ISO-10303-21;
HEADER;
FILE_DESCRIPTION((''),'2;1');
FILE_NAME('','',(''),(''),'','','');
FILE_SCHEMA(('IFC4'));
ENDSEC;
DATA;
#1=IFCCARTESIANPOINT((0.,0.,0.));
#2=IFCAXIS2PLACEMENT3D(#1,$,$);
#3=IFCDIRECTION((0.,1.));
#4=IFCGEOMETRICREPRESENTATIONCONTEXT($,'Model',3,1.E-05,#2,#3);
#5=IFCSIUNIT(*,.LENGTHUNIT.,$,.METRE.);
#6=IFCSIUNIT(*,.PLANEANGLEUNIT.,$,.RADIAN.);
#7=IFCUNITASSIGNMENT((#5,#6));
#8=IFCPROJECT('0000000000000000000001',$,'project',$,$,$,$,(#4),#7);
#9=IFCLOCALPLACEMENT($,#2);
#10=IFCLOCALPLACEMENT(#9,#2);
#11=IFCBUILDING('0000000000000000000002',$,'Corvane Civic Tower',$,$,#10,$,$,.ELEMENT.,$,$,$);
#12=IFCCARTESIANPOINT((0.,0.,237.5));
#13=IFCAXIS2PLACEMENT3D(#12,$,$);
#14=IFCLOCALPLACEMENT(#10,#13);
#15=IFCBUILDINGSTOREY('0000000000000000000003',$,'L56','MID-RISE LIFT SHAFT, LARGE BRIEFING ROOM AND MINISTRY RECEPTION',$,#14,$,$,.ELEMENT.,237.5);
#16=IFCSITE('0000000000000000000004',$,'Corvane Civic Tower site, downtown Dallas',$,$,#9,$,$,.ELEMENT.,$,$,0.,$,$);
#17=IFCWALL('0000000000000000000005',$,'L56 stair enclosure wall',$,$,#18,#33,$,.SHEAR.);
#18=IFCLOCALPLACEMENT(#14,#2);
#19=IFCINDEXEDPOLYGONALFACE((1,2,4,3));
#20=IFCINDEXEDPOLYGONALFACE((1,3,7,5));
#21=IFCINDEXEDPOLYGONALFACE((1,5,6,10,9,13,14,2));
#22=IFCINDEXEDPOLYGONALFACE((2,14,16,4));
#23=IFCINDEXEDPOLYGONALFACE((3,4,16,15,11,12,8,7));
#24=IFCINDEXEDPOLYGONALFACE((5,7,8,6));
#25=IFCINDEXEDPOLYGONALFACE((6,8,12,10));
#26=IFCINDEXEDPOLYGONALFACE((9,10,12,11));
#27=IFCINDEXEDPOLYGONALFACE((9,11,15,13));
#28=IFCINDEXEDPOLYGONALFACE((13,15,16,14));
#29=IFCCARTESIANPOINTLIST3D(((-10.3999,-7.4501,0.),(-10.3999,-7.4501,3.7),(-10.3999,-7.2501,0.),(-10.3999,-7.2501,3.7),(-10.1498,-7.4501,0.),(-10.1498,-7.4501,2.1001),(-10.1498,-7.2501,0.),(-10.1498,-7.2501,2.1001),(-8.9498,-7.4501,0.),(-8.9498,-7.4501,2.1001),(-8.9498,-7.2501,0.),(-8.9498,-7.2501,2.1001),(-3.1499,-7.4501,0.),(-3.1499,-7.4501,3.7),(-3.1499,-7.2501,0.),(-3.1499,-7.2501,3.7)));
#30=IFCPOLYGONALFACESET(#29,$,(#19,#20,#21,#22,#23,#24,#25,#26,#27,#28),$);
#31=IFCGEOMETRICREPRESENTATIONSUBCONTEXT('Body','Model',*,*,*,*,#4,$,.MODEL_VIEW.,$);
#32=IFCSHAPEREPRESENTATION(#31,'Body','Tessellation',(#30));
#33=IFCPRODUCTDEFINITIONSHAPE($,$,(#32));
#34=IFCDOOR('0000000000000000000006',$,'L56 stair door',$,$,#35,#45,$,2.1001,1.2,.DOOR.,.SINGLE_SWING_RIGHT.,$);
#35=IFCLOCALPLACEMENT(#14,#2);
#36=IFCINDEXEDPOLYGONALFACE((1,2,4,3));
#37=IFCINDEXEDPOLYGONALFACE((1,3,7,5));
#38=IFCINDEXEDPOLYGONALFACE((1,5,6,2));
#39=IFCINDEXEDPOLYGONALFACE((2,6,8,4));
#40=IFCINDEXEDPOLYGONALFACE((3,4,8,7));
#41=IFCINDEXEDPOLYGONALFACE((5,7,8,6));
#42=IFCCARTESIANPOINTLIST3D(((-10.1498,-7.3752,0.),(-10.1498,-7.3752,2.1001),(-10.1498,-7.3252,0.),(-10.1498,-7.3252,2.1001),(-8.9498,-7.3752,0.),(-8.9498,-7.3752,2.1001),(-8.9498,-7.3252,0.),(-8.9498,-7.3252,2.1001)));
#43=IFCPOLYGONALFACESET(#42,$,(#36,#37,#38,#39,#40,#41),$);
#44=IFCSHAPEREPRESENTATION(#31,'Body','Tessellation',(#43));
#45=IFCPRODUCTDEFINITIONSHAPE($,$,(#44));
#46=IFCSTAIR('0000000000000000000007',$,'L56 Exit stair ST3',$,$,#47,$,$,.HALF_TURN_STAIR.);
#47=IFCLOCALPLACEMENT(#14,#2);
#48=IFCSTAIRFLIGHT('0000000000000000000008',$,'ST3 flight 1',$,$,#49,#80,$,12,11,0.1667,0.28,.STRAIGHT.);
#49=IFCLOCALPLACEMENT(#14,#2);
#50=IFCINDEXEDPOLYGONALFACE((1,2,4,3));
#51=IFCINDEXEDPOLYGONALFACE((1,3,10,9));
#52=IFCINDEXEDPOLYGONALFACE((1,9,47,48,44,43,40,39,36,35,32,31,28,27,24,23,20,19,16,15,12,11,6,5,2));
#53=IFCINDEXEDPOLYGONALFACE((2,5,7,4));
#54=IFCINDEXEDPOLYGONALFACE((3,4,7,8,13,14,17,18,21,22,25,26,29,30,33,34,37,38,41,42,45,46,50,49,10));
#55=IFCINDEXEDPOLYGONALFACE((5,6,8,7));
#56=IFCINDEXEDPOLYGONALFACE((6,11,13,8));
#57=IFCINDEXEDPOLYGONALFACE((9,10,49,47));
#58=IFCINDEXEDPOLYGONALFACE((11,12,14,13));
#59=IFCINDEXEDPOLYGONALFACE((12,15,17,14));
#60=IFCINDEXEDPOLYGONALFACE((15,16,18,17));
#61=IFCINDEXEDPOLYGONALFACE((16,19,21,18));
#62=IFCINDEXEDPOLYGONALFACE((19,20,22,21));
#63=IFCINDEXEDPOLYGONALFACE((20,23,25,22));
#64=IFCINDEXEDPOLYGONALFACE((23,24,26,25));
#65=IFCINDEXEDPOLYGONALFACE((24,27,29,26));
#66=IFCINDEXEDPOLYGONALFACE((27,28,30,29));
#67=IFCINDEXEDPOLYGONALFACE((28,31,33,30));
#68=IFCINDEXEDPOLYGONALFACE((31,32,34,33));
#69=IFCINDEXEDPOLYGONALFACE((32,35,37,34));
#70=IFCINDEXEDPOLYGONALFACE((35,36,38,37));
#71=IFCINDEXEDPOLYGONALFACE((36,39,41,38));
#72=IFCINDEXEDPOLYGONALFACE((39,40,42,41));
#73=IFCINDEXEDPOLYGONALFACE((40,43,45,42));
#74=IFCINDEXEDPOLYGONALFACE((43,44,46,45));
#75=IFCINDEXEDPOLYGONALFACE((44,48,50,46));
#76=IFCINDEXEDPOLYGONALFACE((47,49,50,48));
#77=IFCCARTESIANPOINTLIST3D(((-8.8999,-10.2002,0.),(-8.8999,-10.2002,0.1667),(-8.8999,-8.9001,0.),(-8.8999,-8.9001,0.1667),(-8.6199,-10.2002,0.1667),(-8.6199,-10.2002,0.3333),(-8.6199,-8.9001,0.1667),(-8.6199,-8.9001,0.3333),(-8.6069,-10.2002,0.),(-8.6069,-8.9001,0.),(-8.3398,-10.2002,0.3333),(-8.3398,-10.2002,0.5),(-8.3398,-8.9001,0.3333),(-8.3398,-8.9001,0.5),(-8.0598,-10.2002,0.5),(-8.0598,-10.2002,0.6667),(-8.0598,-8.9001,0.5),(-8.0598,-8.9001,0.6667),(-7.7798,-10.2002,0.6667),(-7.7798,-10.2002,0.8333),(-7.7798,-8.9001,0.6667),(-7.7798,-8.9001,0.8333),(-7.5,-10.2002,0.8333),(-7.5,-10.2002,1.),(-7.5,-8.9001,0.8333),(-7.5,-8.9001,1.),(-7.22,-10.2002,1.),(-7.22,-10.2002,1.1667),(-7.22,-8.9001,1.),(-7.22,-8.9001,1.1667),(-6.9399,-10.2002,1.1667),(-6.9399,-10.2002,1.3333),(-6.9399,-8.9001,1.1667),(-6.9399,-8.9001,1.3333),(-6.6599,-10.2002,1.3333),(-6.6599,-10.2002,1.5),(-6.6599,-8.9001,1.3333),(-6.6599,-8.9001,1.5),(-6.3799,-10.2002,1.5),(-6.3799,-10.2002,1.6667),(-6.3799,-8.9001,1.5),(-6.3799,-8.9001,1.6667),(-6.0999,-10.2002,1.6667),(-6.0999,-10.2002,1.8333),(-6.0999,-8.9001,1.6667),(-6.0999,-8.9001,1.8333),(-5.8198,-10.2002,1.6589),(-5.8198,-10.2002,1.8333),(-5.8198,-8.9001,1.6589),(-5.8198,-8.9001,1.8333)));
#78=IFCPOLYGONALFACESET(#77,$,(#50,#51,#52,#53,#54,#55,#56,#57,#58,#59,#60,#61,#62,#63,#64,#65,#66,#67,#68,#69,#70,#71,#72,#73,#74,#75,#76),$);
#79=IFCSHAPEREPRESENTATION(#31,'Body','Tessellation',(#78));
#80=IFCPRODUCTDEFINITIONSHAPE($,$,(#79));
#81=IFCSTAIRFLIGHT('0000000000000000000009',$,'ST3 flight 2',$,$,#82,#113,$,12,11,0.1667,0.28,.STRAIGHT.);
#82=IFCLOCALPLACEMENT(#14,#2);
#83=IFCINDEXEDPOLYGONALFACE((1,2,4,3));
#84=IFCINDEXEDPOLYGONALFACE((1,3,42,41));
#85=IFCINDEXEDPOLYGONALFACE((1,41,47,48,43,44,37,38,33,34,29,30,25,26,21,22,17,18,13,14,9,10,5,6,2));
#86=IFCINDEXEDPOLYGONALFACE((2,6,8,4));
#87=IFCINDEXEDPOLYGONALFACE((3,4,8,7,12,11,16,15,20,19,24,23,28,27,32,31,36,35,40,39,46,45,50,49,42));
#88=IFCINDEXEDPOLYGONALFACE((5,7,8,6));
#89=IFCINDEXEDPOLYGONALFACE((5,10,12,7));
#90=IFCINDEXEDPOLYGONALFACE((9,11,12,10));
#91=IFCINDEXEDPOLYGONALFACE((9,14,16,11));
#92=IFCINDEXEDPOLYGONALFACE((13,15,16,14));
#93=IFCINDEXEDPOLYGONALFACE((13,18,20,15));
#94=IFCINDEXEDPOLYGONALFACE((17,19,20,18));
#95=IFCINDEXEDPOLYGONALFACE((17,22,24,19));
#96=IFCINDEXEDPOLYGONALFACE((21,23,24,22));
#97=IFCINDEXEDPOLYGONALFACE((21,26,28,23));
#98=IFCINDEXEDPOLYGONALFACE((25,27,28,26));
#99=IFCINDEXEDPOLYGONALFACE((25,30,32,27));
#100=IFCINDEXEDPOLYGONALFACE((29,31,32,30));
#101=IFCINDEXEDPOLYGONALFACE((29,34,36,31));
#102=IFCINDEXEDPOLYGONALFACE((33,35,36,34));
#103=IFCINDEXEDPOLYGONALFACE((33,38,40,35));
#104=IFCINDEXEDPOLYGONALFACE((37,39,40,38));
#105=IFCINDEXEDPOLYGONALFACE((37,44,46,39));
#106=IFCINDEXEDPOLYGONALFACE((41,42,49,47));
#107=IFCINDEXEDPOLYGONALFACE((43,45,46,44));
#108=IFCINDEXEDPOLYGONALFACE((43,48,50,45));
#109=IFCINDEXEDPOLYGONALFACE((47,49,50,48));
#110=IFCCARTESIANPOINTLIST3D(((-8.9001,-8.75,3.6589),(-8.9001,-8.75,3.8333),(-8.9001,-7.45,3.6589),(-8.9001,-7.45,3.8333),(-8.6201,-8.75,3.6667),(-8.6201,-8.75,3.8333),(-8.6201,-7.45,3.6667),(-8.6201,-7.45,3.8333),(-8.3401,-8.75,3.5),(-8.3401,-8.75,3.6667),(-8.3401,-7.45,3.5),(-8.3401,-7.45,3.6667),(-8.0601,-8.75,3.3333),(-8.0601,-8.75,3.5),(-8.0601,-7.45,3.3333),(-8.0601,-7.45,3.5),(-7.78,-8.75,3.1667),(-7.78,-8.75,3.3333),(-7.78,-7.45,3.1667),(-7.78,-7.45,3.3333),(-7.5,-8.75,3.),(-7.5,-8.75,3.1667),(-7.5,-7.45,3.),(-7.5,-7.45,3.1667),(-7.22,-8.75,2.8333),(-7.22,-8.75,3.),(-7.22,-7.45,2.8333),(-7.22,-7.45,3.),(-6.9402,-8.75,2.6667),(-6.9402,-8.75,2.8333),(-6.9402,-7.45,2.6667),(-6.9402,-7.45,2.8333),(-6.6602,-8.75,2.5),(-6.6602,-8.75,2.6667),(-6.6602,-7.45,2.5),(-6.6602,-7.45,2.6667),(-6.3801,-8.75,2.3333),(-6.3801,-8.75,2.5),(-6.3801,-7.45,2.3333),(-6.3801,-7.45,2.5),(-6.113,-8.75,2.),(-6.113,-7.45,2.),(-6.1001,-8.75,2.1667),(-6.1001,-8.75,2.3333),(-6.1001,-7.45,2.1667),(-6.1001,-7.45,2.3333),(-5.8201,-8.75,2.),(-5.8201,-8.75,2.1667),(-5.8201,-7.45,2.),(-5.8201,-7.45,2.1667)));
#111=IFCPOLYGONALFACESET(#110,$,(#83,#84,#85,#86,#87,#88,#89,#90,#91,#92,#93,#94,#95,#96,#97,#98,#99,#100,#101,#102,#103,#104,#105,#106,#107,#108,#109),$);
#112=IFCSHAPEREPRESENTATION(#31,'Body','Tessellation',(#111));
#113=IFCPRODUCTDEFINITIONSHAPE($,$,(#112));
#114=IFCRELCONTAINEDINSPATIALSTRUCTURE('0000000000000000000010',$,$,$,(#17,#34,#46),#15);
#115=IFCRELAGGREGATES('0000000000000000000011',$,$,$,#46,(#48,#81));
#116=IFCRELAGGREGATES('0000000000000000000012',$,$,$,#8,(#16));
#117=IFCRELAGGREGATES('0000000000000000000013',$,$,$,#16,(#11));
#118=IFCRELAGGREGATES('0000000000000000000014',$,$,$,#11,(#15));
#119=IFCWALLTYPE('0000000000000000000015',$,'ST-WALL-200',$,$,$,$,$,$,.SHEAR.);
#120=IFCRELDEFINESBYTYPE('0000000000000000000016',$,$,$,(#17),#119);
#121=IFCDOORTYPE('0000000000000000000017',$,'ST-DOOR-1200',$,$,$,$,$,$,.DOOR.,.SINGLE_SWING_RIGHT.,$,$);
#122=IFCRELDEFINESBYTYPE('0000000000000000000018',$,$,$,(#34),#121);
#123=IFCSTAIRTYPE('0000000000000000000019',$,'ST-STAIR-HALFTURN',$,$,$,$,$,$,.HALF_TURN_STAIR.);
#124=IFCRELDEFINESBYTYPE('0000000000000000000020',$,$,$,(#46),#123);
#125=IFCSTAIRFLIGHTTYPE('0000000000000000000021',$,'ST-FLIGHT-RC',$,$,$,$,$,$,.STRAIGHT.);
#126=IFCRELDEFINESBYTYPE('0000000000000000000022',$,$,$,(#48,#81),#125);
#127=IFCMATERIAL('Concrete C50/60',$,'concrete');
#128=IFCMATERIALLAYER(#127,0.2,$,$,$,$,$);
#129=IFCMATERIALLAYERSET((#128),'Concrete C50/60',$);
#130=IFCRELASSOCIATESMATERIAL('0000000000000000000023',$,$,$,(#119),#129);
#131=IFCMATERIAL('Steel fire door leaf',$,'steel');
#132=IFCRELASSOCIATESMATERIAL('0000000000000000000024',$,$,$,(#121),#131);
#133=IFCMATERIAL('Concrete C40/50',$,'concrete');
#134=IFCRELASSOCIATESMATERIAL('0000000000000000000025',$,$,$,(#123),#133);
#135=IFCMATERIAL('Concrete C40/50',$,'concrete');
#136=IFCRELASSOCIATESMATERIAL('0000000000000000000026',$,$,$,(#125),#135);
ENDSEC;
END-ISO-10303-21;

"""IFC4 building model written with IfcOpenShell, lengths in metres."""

from ifc_helpers import new_model, si_unit, direction, frame, frame_2d, origin, place, context, subcontext, project, spatial, polyline, rectangle, outline, extrude, material, layer, layer_set, type_object, element, fill, aggregate, save


model = new_model("IFC4")

# Units and contexts
model_context = context("Model", 3, precision=1e-05, world=origin(), true_north=direction((0.0, 1.0)))
body_context = subcontext(model_context, "Body", "Model", "MODEL_VIEW")
ifc_project = project(units=[si_unit("LENGTHUNIT", "METRE"), si_unit("PLANEANGLEUNIT", "RADIAN")], contexts=[model_context])

# Site, building, storey
site_placement = place(None, origin())
site = spatial("IfcSite", under=ifc_project, at=site_placement, Name="Corvane Civic Tower site, downtown Dallas", CompositionType="ELEMENT", RefElevation=0.0)
building_placement = place(site_placement, origin())
building = spatial("IfcBuilding", under=site, at=building_placement, Name="Corvane Civic Tower", CompositionType="ELEMENT")
storey_placement = place(building_placement, frame((0.0, 0.0, 237.5)))
storey = spatial("IfcBuildingStorey", under=building, at=storey_placement, Name="L56", Description="MID-RISE LIFT SHAFT, LARGE BRIEFING ROOM AND MINISTRY RECEPTION", CompositionType="ELEMENT", Elevation=237.5)

# Wall, opening, door
ifc_material_1 = material(Name="Concrete C50/60", Category="concrete")
ifc_layer_1 = layer(ifc_material_1, 0.2)
ifc_layer_set_1 = layer_set([ifc_layer_1], Name="Concrete C50/60")
wall_type_1 = type_object("IfcWallType", Name="ST-WALL-200", PredefinedType="SHEAR", material=ifc_layer_set_1)
wall_1_placement = place(storey_placement, frame((-10.3999, -7.3501, 0.0), z_axis=(0.0, 0.0, 1.0), x_axis=(1.0, 0.0, 0.0)))
wall_1 = element("IfcWall", 1, at=wall_1_placement, inside=storey, type_object=wall_type_1, Name="L56 stair enclosure wall", PredefinedType="SHEAR", context=body_context, shape_type="SweptSolid", body=[
    extrude(rectangle(XDim=7.25, YDim=0.2, at=frame_2d((3.625, 0.0))), origin(), (0.0, 0.0, 1.0), 3.7),
])
opening_1_placement = place(wall_1_placement, frame((0.25, 0.0, 0.0)))
opening_1 = element("IfcOpeningElement", 2, at=opening_1_placement, cuts=wall_1, PredefinedType="OPENING", context=body_context, shape_type="SweptSolid", body=[
    extrude(rectangle(XDim=1.2, YDim=2.1001, at=frame_2d((0.6001, 1.05))), frame((0.0, 0.1099, 0.0), z_axis=(0.0, -1.0, 0.0), x_axis=(1.0, 0.0, 0.0)), (0.0, 0.0, 1.0), 0.22),
])
ifc_material_2 = material(Name="Steel fire door leaf", Category="steel")
door_type_1 = type_object("IfcDoorType", Name="ST-DOOR-1200", OperationType="SINGLE_SWING_RIGHT", PredefinedType="DOOR", material=ifc_material_2)
door_1_placement = place(opening_1_placement, origin())
door_1 = element("IfcDoor", 3, at=door_1_placement, inside=storey, type_object=door_type_1, Name="L56 stair door", OperationType="SINGLE_SWING_RIGHT", OverallHeight=2.1001, OverallWidth=1.2, PredefinedType="DOOR", context=body_context, shape_type="SweptSolid", body=[
    extrude(rectangle(XDim=1.2, YDim=2.1001, at=frame_2d((0.6001, 1.05))), frame((0.0, 0.0249, 0.0), z_axis=(0.0, -1.0, 0.0), x_axis=(1.0, 0.0, 0.0)), (0.0, 0.0, 1.0), 0.05),
])
fill(opening_1, door_1)

# Stair, stair flights
ifc_material_3 = material(Name="Concrete C40/50", Category="concrete")
stair_type = type_object("IfcStairType", Name="ST-STAIR-HALFTURN", PredefinedType="HALF_TURN_STAIR", material=ifc_material_3)
stair_placement = place(storey_placement, origin())
stair = element("IfcStair", 4, at=stair_placement, inside=storey, type_object=stair_type, Name="L56 Exit stair ST3", PredefinedType="HALF_TURN_STAIR")
ifc_material_4 = material(Name="Concrete C40/50", Category="concrete")
stair_flight_type = type_object("IfcStairFlightType", Name="ST-FLIGHT-RC", PredefinedType="STRAIGHT", material=ifc_material_4)
stair_flight_1_placement = place(storey_placement, frame((-8.8999, -9.55, 0.0), z_axis=(0.0, 0.0, 1.0), x_axis=(1.0, 0.0, 0.0)))
stair_flight_1 = element("IfcStairFlight", 5, at=stair_flight_1_placement, type_object=stair_flight_type, Name="ST3 flight 1", NumberOfRisers=12, NumberOfTreads=11, PredefinedType="STRAIGHT", RiserHeight=0.1667, TreadLength=0.28, context=body_context, shape_type="SweptSolid", body=[
    extrude(outline(polyline([(0.0, 0.0), (0.0, 0.1667), (0.28, 0.1667), (0.28, 0.3333), (0.5601, 0.3333), (0.5601, 0.5), (0.8401, 0.5), (0.8401, 0.6667), (1.1201, 0.6667), (1.1201, 0.8333), (1.3999, 0.8333), (1.3999, 1.0), (1.6799, 1.0), (1.6799, 1.1667), (1.96, 1.1667), (1.96, 1.3333), (2.24, 1.3333), (2.24, 1.5), (2.52, 1.5), (2.52, 1.6667), (2.8, 1.6667), (2.8, 1.8333), (3.0801, 1.8333), (3.0801, 2.0), (3.0801, 1.6589), (0.293, 0.0), (0.0, 0.0)])), frame((0.0, 0.6499, 0.0), z_axis=(0.0, -1.0, 0.0), x_axis=(1.0, 0.0, 0.0)), (0.0, 0.0, 1.0), 1.3),
])
stair_flight_2_placement = place(storey_placement, frame((-5.8201, -8.1001, 2.0), z_axis=(0.0, 0.0, 1.0), x_axis=(-1.0, 0.0, 0.0)))
stair_flight_2 = element("IfcStairFlight", 6, at=stair_flight_2_placement, type_object=stair_flight_type, Name="ST3 flight 2", NumberOfRisers=12, NumberOfTreads=11, PredefinedType="STRAIGHT", RiserHeight=0.1667, TreadLength=0.28, context=body_context, shape_type="SweptSolid", body=[
    extrude(outline(polyline([(0.0, 0.0), (0.0, 0.1667), (0.28, 0.1667), (0.28, 0.3333), (0.5601, 0.3333), (0.5601, 0.5), (0.8401, 0.5), (0.8401, 0.6667), (1.1201, 0.6667), (1.1201, 0.8333), (1.3999, 0.8333), (1.3999, 1.0), (1.6799, 1.0), (1.6799, 1.1667), (1.96, 1.1667), (1.96, 1.3333), (2.24, 1.3333), (2.24, 1.5), (2.52, 1.5), (2.52, 1.6667), (2.8, 1.6667), (2.8, 1.8333), (3.0801, 1.8333), (3.0801, 2.0), (3.0801, 1.6589), (0.293, 0.0), (0.0, 0.0)])), frame((0.0, 0.6499, 0.0), z_axis=(0.0, -1.0, 0.0), x_axis=(1.0, 0.0, 0.0)), (0.0, 0.0, 1.0), 1.3),
])
aggregate(stair, [stair_flight_1, stair_flight_2])

save(model, "model.ifc")
